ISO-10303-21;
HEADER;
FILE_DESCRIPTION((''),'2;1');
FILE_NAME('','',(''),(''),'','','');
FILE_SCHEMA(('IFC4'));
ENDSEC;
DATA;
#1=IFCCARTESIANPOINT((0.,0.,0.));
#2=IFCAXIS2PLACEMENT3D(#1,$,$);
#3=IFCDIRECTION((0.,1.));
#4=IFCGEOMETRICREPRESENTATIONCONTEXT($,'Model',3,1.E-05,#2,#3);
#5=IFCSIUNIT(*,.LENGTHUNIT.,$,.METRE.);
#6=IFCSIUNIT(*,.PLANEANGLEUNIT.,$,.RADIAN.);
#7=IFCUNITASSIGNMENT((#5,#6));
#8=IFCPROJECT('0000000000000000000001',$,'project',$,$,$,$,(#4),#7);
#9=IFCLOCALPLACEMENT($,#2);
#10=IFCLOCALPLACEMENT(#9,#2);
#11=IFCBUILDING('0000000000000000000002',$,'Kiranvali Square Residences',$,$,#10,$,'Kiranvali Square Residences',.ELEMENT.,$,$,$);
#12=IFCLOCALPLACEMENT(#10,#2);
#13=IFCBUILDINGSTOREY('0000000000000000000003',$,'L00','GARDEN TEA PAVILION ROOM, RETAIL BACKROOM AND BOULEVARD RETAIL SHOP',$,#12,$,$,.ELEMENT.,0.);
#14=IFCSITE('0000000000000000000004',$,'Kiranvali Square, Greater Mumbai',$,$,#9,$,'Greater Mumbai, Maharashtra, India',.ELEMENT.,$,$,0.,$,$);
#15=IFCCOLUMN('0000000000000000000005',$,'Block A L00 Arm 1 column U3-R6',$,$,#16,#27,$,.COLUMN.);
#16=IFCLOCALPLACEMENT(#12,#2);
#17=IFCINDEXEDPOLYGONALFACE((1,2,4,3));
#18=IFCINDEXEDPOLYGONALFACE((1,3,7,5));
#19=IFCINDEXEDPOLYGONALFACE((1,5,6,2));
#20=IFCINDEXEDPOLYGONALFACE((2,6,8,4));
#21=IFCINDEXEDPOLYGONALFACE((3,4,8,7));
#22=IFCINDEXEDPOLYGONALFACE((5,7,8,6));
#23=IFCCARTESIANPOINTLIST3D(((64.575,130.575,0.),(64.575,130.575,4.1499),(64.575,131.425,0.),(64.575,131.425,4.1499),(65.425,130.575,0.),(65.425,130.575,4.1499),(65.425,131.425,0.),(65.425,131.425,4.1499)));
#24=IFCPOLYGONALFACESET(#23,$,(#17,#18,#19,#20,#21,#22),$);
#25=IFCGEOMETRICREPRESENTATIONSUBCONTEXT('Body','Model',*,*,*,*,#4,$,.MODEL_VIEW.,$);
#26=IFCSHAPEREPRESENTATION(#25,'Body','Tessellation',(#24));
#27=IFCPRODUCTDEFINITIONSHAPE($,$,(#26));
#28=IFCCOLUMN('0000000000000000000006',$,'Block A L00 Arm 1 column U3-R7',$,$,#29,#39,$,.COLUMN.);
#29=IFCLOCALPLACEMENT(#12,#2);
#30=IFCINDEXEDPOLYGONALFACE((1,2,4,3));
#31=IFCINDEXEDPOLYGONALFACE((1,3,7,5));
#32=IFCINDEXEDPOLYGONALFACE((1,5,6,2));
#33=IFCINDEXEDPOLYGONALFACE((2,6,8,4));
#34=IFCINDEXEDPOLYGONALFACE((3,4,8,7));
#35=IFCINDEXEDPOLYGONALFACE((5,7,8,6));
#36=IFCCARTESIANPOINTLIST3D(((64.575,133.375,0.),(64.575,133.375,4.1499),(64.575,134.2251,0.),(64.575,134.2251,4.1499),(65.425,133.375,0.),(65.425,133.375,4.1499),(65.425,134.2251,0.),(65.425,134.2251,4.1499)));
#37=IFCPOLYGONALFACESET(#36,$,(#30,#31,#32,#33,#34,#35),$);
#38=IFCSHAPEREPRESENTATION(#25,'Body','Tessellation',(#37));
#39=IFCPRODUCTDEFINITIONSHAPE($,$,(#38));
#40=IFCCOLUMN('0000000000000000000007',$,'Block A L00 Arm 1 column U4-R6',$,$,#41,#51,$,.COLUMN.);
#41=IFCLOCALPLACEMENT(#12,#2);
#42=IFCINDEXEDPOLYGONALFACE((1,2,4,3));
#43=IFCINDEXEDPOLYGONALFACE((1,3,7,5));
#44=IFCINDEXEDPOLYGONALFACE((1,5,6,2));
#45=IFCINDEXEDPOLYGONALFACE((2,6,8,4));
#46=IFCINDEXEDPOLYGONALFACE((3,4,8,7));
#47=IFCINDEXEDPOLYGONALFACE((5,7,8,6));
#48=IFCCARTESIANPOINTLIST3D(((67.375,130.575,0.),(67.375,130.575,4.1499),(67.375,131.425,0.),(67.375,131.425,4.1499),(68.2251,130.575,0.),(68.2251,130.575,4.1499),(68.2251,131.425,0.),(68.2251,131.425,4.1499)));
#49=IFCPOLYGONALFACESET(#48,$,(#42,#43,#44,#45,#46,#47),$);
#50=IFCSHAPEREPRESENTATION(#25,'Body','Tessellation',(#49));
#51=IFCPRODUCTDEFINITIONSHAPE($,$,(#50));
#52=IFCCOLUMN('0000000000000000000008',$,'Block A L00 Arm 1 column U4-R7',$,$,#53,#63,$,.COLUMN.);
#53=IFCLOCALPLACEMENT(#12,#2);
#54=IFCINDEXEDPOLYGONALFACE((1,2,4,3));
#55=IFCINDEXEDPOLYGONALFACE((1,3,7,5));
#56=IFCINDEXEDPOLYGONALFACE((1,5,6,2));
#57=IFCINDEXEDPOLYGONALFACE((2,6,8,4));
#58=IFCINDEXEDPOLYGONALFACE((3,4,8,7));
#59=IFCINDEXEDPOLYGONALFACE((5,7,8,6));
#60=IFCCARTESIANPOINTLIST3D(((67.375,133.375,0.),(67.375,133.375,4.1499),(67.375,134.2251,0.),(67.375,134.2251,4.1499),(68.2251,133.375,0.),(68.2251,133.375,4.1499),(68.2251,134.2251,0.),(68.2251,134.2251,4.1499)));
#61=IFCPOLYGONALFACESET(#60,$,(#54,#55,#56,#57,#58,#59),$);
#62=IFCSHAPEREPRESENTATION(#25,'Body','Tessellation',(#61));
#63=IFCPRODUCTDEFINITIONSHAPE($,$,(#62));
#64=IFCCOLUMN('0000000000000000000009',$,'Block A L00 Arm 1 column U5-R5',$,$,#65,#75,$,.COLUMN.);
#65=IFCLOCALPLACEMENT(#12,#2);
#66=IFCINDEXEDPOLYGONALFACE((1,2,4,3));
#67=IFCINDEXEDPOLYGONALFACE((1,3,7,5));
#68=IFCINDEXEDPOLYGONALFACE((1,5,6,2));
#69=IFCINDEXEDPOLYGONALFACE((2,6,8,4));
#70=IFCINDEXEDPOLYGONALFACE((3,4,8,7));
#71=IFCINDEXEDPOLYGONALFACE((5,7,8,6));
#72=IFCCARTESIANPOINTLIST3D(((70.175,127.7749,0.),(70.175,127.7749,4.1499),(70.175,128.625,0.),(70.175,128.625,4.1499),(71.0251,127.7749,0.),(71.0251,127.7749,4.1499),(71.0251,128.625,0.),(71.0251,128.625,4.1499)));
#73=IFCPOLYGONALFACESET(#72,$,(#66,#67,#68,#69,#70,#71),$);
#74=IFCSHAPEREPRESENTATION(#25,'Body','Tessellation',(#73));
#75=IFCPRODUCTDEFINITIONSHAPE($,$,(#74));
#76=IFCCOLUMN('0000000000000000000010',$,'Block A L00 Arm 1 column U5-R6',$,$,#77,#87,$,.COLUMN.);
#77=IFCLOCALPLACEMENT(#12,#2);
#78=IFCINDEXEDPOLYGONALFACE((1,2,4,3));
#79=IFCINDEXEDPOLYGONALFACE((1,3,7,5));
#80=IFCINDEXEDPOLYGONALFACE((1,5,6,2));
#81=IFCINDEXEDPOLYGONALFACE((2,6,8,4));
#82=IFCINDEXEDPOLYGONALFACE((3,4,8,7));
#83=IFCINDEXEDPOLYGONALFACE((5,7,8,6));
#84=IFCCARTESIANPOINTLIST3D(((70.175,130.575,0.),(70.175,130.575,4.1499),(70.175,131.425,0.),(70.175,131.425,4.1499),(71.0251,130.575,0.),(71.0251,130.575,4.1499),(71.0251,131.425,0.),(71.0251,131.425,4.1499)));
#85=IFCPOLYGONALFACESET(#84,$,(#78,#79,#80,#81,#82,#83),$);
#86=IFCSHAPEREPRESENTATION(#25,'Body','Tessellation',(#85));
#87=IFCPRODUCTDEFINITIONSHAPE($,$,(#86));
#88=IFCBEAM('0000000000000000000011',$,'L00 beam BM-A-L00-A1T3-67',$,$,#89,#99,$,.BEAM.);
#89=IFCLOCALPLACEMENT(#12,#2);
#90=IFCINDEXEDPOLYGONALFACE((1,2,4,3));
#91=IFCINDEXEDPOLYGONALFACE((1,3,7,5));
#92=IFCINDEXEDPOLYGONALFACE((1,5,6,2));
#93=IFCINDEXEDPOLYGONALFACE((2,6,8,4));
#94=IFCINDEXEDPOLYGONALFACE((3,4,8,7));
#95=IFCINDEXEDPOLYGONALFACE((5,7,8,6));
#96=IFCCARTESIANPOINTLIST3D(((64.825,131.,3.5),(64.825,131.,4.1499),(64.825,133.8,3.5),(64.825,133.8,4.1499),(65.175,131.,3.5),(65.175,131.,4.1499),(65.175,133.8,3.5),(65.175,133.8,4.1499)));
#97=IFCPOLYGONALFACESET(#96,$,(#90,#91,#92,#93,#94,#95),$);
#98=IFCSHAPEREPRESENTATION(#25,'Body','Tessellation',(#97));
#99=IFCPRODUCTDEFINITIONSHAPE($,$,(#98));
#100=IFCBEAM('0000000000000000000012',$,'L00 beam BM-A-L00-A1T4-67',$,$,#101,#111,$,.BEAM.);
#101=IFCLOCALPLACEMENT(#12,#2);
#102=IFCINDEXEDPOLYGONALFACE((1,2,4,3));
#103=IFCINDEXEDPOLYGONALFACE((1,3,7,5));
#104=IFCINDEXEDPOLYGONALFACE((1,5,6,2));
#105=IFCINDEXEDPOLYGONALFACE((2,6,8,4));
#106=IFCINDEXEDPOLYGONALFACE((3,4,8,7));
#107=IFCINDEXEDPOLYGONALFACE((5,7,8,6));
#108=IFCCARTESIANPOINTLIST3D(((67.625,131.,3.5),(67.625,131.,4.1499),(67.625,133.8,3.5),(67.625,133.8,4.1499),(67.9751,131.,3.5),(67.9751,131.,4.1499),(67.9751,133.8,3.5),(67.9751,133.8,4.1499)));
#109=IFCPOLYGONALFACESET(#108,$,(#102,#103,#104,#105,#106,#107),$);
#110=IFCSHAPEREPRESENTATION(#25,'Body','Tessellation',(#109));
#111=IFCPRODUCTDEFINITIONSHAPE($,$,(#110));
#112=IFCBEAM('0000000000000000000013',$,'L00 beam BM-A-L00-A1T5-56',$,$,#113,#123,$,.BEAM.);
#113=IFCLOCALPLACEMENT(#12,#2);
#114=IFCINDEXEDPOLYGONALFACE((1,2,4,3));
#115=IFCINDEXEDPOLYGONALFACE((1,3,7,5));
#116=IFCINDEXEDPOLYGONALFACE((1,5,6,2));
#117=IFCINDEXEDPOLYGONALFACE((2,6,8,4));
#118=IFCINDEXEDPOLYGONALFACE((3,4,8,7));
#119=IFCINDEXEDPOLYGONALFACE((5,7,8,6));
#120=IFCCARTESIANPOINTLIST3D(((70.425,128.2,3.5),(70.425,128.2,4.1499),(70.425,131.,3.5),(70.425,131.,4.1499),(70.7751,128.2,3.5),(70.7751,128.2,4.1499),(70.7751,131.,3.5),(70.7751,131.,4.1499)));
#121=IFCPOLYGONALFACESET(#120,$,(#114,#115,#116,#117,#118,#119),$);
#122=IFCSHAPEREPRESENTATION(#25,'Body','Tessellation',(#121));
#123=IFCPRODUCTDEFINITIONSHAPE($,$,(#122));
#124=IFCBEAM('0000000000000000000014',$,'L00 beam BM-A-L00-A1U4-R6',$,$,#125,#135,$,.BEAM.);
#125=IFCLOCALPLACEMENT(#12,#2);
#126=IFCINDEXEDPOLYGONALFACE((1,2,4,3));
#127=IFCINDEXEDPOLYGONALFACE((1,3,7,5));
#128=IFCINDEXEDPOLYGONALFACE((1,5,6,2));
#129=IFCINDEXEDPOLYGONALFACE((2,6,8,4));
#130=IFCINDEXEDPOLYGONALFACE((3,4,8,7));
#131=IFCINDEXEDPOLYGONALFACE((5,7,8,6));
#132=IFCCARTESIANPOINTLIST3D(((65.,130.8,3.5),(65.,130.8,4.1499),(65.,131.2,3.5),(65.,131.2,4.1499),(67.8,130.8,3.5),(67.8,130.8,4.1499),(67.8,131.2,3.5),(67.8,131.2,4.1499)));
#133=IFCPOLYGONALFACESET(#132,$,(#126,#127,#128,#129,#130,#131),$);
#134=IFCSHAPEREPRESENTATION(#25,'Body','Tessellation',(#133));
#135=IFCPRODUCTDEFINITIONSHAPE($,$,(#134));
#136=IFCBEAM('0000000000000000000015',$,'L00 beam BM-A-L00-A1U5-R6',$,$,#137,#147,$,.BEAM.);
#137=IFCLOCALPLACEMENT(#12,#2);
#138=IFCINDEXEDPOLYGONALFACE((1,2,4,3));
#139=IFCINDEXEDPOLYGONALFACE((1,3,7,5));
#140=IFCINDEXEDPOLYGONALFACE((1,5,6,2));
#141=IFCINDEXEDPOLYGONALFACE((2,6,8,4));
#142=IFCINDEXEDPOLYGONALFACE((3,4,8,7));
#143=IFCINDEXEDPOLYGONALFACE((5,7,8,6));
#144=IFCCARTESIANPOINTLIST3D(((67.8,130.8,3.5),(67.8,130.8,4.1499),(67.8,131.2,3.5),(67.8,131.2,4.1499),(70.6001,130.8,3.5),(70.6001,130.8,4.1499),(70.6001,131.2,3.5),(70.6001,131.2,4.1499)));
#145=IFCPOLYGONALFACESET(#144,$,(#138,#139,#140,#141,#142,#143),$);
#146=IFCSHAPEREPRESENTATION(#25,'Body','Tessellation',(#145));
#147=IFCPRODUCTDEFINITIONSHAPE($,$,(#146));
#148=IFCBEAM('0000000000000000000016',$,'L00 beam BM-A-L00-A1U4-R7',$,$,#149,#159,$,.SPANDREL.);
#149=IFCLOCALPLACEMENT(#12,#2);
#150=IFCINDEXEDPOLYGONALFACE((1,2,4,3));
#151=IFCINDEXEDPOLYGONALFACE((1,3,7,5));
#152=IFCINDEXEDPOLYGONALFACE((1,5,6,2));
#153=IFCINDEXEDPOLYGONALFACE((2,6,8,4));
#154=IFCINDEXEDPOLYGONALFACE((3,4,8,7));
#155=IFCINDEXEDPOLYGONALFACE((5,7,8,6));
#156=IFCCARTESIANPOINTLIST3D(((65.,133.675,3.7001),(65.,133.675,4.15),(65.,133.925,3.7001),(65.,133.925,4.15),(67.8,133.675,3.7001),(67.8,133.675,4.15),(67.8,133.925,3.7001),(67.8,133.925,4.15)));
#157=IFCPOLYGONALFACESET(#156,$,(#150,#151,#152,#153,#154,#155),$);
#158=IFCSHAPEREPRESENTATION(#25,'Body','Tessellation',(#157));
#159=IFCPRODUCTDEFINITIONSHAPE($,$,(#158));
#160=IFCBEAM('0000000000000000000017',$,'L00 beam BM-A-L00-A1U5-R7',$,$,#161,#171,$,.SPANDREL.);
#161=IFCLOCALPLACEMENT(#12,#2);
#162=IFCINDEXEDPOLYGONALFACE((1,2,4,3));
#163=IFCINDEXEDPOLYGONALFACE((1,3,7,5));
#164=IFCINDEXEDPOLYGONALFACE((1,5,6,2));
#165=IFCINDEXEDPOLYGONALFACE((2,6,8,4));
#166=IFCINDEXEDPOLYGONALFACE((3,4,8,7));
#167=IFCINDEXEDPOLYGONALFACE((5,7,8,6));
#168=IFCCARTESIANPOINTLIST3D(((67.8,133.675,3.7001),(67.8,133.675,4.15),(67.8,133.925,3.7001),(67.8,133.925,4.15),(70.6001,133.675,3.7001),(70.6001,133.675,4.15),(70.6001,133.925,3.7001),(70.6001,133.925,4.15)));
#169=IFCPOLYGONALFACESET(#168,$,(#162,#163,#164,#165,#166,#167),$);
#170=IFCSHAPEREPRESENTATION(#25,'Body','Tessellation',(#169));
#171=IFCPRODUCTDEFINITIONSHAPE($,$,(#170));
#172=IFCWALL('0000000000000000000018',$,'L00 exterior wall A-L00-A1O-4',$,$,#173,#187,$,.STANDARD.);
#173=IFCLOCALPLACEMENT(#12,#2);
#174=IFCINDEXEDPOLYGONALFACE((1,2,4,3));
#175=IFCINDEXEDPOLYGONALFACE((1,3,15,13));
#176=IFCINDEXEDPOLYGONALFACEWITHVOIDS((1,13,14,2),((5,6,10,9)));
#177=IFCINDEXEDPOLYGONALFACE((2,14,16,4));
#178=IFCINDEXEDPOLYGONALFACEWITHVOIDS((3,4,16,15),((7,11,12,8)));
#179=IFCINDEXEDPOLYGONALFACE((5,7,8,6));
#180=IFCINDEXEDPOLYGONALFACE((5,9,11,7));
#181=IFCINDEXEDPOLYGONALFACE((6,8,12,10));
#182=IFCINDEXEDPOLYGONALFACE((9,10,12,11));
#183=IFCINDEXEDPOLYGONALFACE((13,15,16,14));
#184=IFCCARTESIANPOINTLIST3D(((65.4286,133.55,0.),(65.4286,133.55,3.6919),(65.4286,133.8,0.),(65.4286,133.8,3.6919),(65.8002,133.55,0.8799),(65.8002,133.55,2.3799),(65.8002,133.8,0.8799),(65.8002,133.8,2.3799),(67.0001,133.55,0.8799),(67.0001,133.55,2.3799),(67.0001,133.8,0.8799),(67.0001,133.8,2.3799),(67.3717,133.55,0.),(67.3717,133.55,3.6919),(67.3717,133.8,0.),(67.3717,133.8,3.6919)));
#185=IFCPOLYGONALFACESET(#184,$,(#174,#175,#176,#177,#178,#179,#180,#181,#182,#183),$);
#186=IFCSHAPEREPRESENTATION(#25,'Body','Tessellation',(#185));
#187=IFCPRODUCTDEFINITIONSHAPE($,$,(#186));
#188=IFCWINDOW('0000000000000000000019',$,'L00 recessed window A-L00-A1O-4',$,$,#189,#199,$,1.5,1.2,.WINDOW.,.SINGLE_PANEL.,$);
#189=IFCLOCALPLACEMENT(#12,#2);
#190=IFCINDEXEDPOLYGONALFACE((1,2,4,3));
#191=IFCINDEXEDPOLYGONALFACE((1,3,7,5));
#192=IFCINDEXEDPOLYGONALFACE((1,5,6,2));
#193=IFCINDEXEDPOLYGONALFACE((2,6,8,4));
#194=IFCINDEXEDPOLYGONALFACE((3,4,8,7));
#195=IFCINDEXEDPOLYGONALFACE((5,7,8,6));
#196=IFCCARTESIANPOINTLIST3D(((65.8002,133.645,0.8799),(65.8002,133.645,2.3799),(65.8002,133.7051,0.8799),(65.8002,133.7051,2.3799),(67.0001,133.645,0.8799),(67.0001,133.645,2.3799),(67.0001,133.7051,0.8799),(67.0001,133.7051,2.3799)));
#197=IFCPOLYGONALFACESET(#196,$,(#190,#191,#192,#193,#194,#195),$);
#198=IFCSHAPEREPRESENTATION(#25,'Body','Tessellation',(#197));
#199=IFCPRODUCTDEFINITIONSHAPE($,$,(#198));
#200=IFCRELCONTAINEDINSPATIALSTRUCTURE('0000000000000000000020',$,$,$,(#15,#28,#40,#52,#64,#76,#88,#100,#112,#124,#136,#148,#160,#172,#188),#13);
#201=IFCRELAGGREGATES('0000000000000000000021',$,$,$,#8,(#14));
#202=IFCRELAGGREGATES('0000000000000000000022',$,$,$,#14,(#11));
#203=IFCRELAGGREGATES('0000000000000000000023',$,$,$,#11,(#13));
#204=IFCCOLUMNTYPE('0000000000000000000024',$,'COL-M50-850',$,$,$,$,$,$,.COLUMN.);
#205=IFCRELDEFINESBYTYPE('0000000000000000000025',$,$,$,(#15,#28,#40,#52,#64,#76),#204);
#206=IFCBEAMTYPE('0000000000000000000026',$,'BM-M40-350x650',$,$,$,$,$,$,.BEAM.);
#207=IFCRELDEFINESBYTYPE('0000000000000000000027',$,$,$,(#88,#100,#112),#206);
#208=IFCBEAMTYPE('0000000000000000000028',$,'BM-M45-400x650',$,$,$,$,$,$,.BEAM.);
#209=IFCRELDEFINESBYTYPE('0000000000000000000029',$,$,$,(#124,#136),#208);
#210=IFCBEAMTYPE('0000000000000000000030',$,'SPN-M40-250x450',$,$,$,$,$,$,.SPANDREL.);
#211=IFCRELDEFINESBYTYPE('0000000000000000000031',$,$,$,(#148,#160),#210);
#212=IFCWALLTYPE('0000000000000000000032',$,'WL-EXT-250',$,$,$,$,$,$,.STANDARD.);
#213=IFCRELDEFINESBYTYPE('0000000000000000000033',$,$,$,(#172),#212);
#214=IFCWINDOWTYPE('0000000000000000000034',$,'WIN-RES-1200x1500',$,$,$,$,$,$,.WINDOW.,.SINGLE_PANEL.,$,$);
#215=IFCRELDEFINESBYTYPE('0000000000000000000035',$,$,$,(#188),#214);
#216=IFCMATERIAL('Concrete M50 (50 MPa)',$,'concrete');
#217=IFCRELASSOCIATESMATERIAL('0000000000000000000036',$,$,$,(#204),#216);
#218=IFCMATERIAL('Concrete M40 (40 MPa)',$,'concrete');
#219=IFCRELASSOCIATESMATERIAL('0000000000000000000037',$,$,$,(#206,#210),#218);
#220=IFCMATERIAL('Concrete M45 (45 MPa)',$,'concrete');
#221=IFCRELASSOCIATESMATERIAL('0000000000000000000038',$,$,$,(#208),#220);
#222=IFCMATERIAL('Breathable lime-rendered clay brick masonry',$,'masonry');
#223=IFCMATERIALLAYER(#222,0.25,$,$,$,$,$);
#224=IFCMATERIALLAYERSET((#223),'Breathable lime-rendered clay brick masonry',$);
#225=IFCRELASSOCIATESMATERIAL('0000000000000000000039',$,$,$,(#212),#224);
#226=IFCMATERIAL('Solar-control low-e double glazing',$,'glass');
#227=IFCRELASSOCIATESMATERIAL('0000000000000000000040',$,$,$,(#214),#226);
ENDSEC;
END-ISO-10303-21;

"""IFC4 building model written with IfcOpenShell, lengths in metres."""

from ifc_helpers import new_model, si_unit, direction, frame, frame_2d, origin, origin_2d, place, context, subcontext, project, spatial, rectangle, extrude, material, layer, layer_set, material_profile, profile_set, type_object, element, fill, save


model = new_model("IFC4")

# Units and contexts
model_context = context("Model", 3, precision=1e-05, world=origin(), true_north=direction((0.0, 1.0)))
body_context = subcontext(model_context, "Body", "Model", "MODEL_VIEW")
ifc_project = project(units=[si_unit("LENGTHUNIT", "METRE"), si_unit("PLANEANGLEUNIT", "RADIAN")], contexts=[model_context])

# Site, building, storey
site_placement = place(None, origin())
site = spatial("IfcSite", under=ifc_project, at=site_placement, Name="Kiranvali Square, Greater Mumbai", LongName="Greater Mumbai, Maharashtra, India", CompositionType="ELEMENT", RefElevation=0.0)
building_placement = place(site_placement, origin())
building = spatial("IfcBuilding", under=site, at=building_placement, Name="Kiranvali Square Residences", LongName="Kiranvali Square Residences", CompositionType="ELEMENT")
storey_placement = place(building_placement, origin())
storey = spatial("IfcBuildingStorey", under=building, at=storey_placement, Name="L00", Description="GARDEN TEA PAVILION ROOM, RETAIL BACKROOM AND BOULEVARD RETAIL SHOP", CompositionType="ELEMENT", Elevation=0.0)

# Columns
ifc_material_1 = material(Name="Concrete M50 (50 MPa)", Category="concrete")
ifc_material_profile_1 = material_profile(ifc_material_1, rectangle(XDim=0.8501, YDim=0.8501, at=origin_2d()), Name="RC 850x850")
ifc_profile_set_1 = profile_set([ifc_material_profile_1], Name="Concrete M50 (50 MPa)")
column_type = type_object("IfcColumnType", Name="COL-M50-850", PredefinedType="COLUMN", material=ifc_profile_set_1)
for number, where, z_axis, x_axis, name in (
    (1, (65.0, 131.0, 0.0), (0.0, 0.0, 1.0), (1.0, 0.0, 0.0), "Block A L00 Arm 1 column U3-R6"),
    (2, (65.0, 133.8, 0.0), (0.0, 0.0, 1.0), (1.0, 0.0, 0.0), "Block A L00 Arm 1 column U3-R7"),
    (3, (67.8, 131.0, 0.0), (0.0, 0.0, 1.0), (1.0, 0.0, 0.0), "Block A L00 Arm 1 column U4-R6"),
    (4, (67.8, 133.8, 0.0), (0.0, 0.0, 1.0), (1.0, 0.0, 0.0), "Block A L00 Arm 1 column U4-R7"),
    (5, (70.6001, 128.2, 0.0), (0.0, 0.0, 1.0), (1.0, 0.0, 0.0), "Block A L00 Arm 1 column U5-R5"),
    (6, (70.6001, 131.0, 0.0), (0.0, 0.0, 1.0), (1.0, 0.0, 0.0), "Block A L00 Arm 1 column U5-R6"),
):
    element("IfcColumn", number, at=place(storey_placement, frame(where, z_axis=z_axis, x_axis=x_axis)), inside=storey, type_object=column_type, Name=name, PredefinedType="COLUMN", context=body_context, shape_type="SweptSolid", body=[
        extrude(rectangle(XDim=0.8501, YDim=0.8501, at=origin_2d()), origin(), (0.0, 0.0, 1.0), 4.1499),
    ])

# Beams
ifc_material_2 = material(Name="Concrete M40 (40 MPa)", Category="concrete")
ifc_material_profile_2 = material_profile(ifc_material_2, rectangle(XDim=0.3501, YDim=0.6499, at=origin_2d()), Name="RC 350x650")
ifc_profile_set_2 = profile_set([ifc_material_profile_2], Name="Concrete M40 (40 MPa)")
beam_type_1 = type_object("IfcBeamType", Name="BM-M40-350x650", PredefinedType="BEAM", material=ifc_profile_set_2)
for number, where, z_axis, x_axis, name in (
    (7, (65.0, 131.0, 3.825), (0.0, 1.0, 0.0), (-1.0, 0.0, 0.0), "L00 beam BM-A-L00-A1T3-67"),
    (8, (67.8, 131.0, 3.825), (0.0, 1.0, 0.0), (-1.0, 0.0, 0.0), "L00 beam BM-A-L00-A1T4-67"),
    (9, (70.6001, 128.2, 3.825), (0.0, 1.0, 0.0), (-1.0, 0.0, 0.0), "L00 beam BM-A-L00-A1T5-56"),
):
    element("IfcBeam", number, at=place(storey_placement, frame(where, z_axis=z_axis, x_axis=x_axis)), inside=storey, type_object=beam_type_1, Name=name, PredefinedType="BEAM", context=body_context, shape_type="SweptSolid", body=[
        extrude(rectangle(XDim=0.3501, YDim=0.6499, at=origin_2d()), origin(), (0.0, 0.0, 1.0), 2.8),
    ])
ifc_material_3 = material(Name="Concrete M45 (45 MPa)", Category="concrete")
ifc_material_profile_3 = material_profile(ifc_material_3, rectangle(XDim=0.3999, YDim=0.6499, at=origin_2d()), Name="RC 400x650")
ifc_profile_set_3 = profile_set([ifc_material_profile_3], Name="Concrete M45 (45 MPa)")
beam_type_2 = type_object("IfcBeamType", Name="BM-M45-400x650", PredefinedType="BEAM", material=ifc_profile_set_3)
for number, where, z_axis, x_axis, name in (
    (10, (65.0, 131.0, 3.825), (1.0, 0.0, 0.0), (0.0, 1.0, 0.0), "L00 beam BM-A-L00-A1U4-R6"),
    (11, (67.8, 131.0, 3.825), (1.0, 0.0, 0.0), (0.0, 1.0, 0.0), "L00 beam BM-A-L00-A1U5-R6"),
):
    element("IfcBeam", number, at=place(storey_placement, frame(where, z_axis=z_axis, x_axis=x_axis)), inside=storey, type_object=beam_type_2, Name=name, PredefinedType="BEAM", context=body_context, shape_type="SweptSolid", body=[
        extrude(rectangle(XDim=0.3999, YDim=0.6499, at=origin_2d()), origin(), (0.0, 0.0, 1.0), 2.8),
    ])
ifc_material_profile_4 = material_profile(ifc_material_2, rectangle(XDim=0.25, YDim=0.45, at=origin_2d()), Name="RC 250x450")
ifc_profile_set_4 = profile_set([ifc_material_profile_4], Name="Concrete M40 (40 MPa)")
beam_type_3 = type_object("IfcBeamType", Name="SPN-M40-250x450", PredefinedType="SPANDREL", material=ifc_profile_set_4)
for number, where, z_axis, x_axis, name in (
    (12, (65.0, 133.8, 3.925), (1.0, 0.0, 0.0), (0.0, 1.0, 0.0), "L00 beam BM-A-L00-A1U4-R7"),
    (13, (67.8, 133.8, 3.925), (1.0, 0.0, 0.0), (0.0, 1.0, 0.0), "L00 beam BM-A-L00-A1U5-R7"),
):
    element("IfcBeam", number, at=place(storey_placement, frame(where, z_axis=z_axis, x_axis=x_axis)), inside=storey, type_object=beam_type_3, Name=name, PredefinedType="SPANDREL", context=body_context, shape_type="SweptSolid", body=[
        extrude(rectangle(XDim=0.25, YDim=0.45, at=origin_2d()), origin(), (0.0, 0.0, 1.0), 2.8),
    ])

# Wall, opening, window
ifc_material_4 = material(Name="Breathable lime-rendered clay brick masonry", Category="masonry")
ifc_layer_1 = layer(ifc_material_4, 0.25)
ifc_layer_set_1 = layer_set([ifc_layer_1], Name="Breathable lime-rendered clay brick masonry")
wall_type_1 = type_object("IfcWallType", Name="WL-EXT-250", PredefinedType="STANDARD", material=ifc_layer_set_1)
wall_1_placement = place(storey_placement, frame((65.4285, 133.675, 0.0), z_axis=(0.0, 0.0, 1.0), x_axis=(1.0, 0.0, 0.0)))
wall_1 = element("IfcWall", 14, at=wall_1_placement, inside=storey, type_object=wall_type_1, Name="L00 exterior wall A-L00-A1O-4", PredefinedType="STANDARD", context=body_context, shape_type="SweptSolid", body=[
    extrude(rectangle(XDim=1.9431, YDim=0.25, at=frame_2d((0.9717, 0.0))), origin(), (0.0, 0.0, 1.0), 3.6919),
])
opening_1_placement = place(wall_1_placement, frame((0.3716, 0.0, 0.8799)))
opening_1 = element("IfcOpeningElement", 15, at=opening_1_placement, cuts=wall_1, PredefinedType="OPENING", context=body_context, shape_type="SweptSolid", body=[
    extrude(rectangle(XDim=1.2, YDim=1.5, at=frame_2d((0.6001, 0.75))), frame((0.0, 0.135, 0.0), z_axis=(0.0, -1.0, 0.0), x_axis=(1.0, 0.0, 0.0)), (0.0, 0.0, 1.0), 0.27),
])
ifc_material_5 = material(Name="Solar-control low-e double glazing", Category="glass")
window_type_1 = type_object("IfcWindowType", Name="WIN-RES-1200x1500", PartitioningType="SINGLE_PANEL", PredefinedType="WINDOW", material=ifc_material_5)
window_1_placement = place(opening_1_placement, origin())
window_1 = element("IfcWindow", 16, at=window_1_placement, inside=storey, type_object=window_type_1, Name="L00 recessed window A-L00-A1O-4", OverallHeight=1.5, OverallWidth=1.2, PartitioningType="SINGLE_PANEL", PredefinedType="WINDOW", context=body_context, shape_type="SweptSolid", body=[
    extrude(rectangle(XDim=1.2, YDim=1.5, at=frame_2d((0.6001, 0.75))), frame((0.0, 0.03, 0.0), z_axis=(0.0, -1.0, 0.0), x_axis=(1.0, 0.0, 0.0)), (0.0, 0.0, 1.0), 0.0601),
])
fill(opening_1, window_1)

save(model, "model.ifc")
